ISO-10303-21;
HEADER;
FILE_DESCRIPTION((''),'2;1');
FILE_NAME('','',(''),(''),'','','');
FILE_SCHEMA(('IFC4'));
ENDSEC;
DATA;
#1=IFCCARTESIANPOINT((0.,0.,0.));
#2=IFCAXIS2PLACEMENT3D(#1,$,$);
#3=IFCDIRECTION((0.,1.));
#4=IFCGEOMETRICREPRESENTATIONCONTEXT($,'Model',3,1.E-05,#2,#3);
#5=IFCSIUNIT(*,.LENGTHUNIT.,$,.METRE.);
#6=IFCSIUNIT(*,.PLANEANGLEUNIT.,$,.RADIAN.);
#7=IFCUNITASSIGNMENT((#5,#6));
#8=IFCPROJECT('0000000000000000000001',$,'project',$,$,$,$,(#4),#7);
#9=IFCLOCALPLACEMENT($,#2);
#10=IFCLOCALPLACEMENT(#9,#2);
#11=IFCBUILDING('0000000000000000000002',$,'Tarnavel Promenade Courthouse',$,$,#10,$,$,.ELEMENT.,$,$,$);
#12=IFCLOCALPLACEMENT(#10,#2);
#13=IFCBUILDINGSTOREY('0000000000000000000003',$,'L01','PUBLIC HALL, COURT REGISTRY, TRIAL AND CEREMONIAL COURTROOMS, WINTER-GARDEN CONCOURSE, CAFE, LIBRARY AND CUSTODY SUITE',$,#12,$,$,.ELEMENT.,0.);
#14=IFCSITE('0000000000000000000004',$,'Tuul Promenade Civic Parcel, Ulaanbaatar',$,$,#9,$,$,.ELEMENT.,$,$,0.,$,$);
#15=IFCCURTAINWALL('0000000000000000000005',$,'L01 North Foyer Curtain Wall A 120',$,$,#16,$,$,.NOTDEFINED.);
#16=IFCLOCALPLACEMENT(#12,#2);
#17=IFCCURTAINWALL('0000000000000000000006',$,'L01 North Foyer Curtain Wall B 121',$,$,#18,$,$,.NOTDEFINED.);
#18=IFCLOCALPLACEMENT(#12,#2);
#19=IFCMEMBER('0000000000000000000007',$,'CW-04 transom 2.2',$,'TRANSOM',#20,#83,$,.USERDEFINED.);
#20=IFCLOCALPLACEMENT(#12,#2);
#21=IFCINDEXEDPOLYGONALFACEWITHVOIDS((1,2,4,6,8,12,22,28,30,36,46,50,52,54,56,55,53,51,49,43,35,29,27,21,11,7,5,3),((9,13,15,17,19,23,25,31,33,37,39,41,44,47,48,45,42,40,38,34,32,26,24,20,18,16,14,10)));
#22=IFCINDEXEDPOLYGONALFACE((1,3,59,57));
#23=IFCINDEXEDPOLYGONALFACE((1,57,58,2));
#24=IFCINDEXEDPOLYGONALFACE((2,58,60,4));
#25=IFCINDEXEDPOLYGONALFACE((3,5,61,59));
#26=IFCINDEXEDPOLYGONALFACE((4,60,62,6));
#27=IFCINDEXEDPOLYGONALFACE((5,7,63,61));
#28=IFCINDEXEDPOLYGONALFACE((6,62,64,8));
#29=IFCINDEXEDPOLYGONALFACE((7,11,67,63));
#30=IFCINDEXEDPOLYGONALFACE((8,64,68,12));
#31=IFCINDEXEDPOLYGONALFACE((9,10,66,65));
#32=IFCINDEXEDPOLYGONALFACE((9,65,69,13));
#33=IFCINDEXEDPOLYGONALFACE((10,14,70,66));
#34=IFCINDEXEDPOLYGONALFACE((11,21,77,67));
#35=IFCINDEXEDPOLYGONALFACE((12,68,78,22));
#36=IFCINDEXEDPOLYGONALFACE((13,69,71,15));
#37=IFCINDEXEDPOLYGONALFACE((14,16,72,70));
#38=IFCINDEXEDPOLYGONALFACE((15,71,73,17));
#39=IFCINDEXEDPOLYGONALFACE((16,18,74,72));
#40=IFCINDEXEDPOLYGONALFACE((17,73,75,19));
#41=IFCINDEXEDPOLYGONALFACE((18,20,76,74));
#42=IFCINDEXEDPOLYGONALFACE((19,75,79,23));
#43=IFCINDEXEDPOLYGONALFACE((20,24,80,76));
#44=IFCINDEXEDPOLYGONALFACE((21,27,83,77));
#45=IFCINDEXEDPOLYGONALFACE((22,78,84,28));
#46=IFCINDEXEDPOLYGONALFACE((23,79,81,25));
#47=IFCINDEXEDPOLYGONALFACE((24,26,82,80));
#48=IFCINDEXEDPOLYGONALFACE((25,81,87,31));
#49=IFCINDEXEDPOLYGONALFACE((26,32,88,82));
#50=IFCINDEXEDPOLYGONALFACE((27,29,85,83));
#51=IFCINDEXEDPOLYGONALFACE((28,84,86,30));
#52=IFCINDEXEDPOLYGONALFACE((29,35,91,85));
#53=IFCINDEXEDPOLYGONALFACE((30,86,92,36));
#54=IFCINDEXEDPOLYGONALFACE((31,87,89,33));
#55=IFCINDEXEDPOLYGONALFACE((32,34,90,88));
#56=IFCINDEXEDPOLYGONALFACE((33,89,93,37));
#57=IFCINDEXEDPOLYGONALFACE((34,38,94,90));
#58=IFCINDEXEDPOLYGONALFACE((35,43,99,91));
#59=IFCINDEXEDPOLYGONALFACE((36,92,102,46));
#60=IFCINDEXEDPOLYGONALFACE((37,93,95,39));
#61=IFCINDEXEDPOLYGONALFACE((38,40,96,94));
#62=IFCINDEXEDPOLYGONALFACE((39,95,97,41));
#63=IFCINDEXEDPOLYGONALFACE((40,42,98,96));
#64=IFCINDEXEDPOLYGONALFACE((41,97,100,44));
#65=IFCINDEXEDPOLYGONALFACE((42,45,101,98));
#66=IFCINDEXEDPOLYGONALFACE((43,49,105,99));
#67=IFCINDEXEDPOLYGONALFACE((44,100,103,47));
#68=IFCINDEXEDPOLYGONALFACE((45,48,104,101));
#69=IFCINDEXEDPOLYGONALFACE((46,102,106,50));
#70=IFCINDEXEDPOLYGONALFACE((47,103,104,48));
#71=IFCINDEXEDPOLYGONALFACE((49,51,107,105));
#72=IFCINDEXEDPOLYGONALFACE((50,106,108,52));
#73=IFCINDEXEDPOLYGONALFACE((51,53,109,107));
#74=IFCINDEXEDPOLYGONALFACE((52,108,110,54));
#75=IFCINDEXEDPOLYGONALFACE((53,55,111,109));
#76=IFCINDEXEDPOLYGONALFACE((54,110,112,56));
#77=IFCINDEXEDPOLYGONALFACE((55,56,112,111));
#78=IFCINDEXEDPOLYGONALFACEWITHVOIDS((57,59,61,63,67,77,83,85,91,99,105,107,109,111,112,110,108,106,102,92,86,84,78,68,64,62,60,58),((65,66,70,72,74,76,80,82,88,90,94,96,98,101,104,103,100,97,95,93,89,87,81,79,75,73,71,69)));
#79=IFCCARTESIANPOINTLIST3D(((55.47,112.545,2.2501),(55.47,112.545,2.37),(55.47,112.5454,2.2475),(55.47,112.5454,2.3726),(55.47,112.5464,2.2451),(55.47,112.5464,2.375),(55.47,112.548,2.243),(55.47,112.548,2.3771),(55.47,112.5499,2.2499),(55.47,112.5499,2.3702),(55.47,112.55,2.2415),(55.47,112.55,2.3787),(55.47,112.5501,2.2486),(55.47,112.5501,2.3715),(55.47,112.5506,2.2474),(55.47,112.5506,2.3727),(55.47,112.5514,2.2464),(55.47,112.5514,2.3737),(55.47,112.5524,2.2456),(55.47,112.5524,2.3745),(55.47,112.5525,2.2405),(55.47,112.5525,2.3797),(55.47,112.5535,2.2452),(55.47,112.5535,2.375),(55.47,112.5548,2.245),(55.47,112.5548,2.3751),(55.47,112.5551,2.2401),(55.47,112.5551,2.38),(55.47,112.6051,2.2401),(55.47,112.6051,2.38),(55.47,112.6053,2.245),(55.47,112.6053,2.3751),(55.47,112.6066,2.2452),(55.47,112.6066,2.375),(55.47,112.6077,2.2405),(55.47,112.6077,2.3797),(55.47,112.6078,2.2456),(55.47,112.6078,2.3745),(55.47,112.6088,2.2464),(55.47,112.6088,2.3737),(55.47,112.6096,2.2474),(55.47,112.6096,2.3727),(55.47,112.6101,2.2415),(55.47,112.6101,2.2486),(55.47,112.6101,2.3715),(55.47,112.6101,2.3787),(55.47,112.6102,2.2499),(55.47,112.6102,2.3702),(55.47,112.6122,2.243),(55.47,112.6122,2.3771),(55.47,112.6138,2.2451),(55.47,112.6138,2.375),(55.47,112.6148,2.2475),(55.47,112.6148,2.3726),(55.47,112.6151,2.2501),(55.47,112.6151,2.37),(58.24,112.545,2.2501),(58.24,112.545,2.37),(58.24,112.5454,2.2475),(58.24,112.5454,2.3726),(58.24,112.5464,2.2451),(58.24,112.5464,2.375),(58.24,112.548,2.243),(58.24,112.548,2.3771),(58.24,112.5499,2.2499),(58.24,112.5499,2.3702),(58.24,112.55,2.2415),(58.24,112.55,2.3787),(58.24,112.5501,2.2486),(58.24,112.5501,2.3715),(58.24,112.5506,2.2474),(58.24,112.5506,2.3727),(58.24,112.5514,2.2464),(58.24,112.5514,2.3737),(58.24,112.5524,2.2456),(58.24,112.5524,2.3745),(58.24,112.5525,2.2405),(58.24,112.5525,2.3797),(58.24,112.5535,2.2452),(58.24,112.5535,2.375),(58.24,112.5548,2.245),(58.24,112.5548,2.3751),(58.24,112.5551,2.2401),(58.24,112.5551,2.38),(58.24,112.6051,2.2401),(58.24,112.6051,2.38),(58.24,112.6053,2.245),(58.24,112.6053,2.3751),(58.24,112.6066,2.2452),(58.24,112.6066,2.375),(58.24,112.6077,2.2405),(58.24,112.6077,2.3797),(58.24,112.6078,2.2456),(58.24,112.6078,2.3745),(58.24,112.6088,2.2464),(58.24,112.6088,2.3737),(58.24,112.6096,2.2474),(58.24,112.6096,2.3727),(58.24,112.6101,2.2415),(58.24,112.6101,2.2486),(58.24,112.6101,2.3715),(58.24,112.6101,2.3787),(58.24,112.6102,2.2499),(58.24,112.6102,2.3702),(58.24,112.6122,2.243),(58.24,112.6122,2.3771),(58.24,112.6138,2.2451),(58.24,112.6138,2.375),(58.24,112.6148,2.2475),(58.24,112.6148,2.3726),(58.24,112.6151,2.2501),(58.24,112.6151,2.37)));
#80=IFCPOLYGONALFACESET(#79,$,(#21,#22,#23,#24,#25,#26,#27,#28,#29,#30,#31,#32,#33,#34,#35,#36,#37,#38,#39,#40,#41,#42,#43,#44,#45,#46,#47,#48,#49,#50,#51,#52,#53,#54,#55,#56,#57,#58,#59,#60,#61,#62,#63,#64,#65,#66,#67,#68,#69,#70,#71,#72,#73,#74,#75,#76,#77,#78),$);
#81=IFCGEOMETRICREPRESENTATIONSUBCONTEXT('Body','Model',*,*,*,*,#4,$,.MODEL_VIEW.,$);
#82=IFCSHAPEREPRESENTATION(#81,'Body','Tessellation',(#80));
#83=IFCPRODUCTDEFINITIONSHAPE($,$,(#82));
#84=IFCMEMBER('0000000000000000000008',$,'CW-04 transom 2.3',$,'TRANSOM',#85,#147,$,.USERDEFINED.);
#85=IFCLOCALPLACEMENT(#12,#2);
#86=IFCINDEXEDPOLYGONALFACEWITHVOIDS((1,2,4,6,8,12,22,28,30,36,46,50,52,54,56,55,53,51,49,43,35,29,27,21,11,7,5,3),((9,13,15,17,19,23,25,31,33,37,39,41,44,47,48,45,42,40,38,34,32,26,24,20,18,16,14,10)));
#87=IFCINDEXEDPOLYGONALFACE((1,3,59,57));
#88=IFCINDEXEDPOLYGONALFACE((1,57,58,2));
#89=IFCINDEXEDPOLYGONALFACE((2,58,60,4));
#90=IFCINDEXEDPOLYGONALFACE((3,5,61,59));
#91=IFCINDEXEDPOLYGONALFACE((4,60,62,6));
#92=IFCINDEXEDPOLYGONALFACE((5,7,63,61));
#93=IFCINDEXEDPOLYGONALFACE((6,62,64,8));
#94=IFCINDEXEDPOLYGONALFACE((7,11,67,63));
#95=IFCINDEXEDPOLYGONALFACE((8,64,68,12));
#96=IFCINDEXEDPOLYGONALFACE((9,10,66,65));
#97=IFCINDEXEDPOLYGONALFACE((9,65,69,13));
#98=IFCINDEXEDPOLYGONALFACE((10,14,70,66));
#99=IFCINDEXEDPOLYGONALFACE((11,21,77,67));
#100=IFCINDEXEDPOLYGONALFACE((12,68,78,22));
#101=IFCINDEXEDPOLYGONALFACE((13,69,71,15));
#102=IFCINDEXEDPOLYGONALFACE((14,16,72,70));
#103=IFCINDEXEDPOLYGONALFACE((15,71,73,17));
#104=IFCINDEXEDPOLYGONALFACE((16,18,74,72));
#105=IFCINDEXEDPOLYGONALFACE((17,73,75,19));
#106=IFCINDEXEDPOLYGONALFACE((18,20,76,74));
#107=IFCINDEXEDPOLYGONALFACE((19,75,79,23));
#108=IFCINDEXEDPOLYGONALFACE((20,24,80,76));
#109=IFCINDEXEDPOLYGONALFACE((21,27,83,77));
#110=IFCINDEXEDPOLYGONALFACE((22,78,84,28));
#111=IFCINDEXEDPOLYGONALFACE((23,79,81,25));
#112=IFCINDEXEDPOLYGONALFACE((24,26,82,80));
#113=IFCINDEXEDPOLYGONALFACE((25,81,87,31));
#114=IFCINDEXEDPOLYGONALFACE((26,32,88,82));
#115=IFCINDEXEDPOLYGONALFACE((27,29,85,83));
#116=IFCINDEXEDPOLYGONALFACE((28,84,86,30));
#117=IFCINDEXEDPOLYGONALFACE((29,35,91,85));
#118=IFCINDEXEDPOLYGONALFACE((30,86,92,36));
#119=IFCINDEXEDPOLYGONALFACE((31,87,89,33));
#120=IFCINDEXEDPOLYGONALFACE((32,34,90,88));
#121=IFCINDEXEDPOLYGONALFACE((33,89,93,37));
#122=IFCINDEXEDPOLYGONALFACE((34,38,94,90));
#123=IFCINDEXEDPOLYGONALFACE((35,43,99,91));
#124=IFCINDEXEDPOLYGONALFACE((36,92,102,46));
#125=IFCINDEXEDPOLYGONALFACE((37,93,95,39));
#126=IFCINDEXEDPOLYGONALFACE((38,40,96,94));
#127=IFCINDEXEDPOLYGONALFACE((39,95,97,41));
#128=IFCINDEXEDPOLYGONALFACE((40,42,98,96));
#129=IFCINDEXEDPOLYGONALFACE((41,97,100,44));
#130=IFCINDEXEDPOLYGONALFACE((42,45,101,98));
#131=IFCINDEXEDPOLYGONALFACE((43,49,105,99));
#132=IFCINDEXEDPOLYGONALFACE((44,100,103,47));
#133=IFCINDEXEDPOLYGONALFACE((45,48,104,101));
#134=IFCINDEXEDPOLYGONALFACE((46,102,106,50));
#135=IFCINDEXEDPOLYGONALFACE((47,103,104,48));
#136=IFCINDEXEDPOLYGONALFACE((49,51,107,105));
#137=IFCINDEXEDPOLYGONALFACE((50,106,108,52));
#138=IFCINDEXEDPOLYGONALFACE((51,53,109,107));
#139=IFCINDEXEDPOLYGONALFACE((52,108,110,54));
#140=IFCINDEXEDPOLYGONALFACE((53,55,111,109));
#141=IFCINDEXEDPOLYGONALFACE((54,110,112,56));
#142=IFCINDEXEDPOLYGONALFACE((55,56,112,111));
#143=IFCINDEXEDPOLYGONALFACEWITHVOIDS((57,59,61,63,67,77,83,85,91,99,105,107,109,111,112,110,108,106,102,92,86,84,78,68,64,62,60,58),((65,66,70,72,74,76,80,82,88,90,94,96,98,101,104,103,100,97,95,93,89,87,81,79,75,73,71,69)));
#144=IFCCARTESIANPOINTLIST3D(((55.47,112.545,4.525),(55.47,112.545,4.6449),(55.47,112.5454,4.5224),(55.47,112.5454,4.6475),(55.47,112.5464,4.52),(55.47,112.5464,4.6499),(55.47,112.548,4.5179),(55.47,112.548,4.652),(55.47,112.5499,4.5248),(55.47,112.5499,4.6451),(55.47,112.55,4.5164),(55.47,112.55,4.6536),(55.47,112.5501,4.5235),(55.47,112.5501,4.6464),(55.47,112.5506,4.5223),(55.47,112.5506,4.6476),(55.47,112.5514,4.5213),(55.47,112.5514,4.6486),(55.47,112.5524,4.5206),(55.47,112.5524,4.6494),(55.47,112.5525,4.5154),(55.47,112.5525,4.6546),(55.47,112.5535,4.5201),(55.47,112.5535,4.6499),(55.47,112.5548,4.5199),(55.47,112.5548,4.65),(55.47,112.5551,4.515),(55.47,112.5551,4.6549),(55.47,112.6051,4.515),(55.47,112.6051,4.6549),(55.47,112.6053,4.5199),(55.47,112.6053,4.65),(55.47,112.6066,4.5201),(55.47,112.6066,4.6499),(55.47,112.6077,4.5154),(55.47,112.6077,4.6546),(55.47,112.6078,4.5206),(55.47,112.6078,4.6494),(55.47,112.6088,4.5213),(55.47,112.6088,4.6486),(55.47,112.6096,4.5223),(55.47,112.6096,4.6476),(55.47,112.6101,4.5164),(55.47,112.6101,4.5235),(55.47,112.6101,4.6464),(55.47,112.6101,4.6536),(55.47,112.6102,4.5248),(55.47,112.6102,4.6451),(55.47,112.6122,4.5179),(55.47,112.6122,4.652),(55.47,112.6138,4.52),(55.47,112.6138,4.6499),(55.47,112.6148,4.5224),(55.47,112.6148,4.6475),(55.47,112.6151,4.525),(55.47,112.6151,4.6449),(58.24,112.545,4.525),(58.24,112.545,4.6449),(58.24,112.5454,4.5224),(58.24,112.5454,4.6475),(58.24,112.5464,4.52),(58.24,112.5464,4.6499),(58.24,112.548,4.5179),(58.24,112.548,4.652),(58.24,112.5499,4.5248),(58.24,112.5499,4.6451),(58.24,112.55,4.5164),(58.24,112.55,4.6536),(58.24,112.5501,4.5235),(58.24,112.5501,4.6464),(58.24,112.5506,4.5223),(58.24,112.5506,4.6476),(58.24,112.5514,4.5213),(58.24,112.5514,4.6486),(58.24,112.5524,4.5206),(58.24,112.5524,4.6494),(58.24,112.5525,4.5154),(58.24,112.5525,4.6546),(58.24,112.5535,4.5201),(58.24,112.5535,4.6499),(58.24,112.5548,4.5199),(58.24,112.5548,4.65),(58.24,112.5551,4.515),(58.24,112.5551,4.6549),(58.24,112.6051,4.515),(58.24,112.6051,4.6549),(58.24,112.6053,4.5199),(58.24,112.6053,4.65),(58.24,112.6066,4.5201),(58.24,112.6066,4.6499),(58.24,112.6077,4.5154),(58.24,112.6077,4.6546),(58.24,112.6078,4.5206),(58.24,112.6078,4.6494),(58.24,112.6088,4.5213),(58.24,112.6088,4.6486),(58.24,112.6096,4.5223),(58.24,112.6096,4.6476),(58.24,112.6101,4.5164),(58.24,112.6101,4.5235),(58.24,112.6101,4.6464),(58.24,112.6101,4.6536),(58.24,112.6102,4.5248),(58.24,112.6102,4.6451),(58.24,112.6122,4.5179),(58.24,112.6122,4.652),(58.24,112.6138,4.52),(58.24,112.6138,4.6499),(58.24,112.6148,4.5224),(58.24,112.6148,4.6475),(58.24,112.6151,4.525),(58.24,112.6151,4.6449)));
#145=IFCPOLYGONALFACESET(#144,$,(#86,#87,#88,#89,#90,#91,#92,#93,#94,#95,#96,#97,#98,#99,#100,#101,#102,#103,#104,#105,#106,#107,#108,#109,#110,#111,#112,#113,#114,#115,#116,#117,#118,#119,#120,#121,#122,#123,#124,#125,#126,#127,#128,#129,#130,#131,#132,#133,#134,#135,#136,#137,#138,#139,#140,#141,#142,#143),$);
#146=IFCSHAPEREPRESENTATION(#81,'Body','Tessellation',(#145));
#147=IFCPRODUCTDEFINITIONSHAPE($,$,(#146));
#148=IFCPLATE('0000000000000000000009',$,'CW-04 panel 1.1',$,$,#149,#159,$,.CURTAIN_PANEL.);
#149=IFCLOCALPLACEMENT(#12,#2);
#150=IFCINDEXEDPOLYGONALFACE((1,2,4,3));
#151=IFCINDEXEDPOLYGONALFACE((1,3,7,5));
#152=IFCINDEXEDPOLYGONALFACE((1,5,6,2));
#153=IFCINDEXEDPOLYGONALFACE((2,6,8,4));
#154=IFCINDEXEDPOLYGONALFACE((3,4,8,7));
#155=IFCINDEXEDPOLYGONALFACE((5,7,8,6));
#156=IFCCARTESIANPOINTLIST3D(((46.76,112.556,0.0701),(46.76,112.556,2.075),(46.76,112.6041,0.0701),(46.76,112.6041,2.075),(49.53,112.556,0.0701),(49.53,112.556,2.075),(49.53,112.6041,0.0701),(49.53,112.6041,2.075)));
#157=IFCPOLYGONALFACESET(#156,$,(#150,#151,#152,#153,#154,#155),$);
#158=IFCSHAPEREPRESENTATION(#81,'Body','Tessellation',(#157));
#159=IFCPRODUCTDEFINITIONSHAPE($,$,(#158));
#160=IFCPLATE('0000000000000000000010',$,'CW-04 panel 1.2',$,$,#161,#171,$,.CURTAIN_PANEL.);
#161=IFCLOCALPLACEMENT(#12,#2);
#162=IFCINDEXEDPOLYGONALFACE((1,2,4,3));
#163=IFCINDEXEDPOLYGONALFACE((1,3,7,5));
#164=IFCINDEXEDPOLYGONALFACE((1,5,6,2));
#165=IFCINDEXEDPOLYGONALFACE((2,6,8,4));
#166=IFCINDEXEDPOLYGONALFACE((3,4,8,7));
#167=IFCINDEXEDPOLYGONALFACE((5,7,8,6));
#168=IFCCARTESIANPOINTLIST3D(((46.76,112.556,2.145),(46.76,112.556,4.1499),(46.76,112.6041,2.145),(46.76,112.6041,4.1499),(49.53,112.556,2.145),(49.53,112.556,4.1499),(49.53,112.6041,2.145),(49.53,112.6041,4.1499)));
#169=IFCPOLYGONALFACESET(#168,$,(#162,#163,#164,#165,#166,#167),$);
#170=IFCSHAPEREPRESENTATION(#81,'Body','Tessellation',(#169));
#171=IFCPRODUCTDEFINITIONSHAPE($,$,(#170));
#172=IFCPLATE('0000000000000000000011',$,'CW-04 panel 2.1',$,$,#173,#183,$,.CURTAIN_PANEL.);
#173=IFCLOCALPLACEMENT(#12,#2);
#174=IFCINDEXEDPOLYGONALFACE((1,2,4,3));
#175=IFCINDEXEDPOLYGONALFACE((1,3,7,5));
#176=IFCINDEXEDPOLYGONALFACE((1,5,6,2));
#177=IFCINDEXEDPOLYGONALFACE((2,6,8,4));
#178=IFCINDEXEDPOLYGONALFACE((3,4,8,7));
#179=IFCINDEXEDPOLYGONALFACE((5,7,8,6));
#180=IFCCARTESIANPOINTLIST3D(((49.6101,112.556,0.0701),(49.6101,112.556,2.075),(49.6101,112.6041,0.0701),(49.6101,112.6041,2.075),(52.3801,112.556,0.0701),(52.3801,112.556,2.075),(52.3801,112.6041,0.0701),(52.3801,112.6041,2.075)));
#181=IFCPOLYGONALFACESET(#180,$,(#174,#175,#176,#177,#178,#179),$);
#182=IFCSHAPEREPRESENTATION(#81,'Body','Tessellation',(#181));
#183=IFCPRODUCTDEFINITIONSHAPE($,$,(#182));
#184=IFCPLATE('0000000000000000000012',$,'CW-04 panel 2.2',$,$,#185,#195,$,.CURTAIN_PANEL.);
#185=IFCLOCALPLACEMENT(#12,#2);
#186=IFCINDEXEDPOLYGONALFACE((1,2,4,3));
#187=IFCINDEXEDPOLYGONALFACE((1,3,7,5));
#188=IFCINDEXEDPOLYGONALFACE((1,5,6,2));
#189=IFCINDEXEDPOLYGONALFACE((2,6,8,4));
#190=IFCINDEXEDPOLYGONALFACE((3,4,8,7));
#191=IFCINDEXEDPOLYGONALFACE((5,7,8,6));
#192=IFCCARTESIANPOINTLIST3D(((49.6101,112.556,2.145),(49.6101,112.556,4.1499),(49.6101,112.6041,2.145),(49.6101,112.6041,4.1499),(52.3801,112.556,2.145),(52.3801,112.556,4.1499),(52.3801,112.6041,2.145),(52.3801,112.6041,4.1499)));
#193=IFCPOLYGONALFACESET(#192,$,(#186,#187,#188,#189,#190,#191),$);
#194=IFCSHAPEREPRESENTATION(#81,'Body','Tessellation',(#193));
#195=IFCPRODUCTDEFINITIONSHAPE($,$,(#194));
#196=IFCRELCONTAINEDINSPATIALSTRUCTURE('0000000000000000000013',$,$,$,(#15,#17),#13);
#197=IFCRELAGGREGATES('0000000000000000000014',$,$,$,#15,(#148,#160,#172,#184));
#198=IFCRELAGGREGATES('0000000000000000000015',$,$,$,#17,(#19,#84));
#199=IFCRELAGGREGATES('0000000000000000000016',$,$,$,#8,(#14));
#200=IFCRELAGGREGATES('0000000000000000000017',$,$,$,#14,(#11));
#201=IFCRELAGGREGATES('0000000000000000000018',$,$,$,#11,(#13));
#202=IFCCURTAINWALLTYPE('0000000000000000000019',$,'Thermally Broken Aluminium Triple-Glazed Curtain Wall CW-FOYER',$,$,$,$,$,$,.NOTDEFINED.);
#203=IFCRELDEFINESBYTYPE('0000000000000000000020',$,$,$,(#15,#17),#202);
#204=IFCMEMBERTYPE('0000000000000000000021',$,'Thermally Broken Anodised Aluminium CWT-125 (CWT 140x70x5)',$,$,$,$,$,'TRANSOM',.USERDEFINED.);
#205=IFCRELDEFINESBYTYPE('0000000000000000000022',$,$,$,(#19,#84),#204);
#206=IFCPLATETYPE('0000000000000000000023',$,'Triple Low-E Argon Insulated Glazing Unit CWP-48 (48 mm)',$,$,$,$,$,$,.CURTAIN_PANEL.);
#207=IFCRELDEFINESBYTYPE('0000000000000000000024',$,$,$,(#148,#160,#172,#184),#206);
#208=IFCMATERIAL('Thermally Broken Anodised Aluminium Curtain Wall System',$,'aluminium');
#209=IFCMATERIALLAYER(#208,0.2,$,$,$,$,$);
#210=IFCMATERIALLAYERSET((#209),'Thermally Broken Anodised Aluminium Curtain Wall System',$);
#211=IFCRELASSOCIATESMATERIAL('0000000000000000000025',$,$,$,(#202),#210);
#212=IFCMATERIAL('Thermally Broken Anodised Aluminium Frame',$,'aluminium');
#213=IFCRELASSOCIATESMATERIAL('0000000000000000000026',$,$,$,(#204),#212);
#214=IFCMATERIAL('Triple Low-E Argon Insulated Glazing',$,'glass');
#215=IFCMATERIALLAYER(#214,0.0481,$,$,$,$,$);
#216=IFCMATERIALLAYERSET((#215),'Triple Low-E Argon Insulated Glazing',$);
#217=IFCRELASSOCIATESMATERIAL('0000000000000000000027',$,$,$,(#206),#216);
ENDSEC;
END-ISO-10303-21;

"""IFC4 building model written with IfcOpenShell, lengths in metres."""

from ifc_helpers import new_model, si_unit, direction, frame, origin, origin_2d, place, context, subcontext, project, spatial, rectangle, hollow_rectangle, extrude, material, layer, layer_set, material_profile, profile_set, type_object, element, aggregate, save


model = new_model("IFC4")

# Units and contexts
model_context = context("Model", 3, precision=1e-05, world=origin(), true_north=direction((0.0, 1.0)))
body_context = subcontext(model_context, "Body", "Model", "MODEL_VIEW")
ifc_project = project(units=[si_unit("LENGTHUNIT", "METRE"), si_unit("PLANEANGLEUNIT", "RADIAN")], contexts=[model_context])

# Site, building, storey
site_placement = place(None, origin())
site = spatial("IfcSite", under=ifc_project, at=site_placement, Name="Tuul Promenade Civic Parcel, Ulaanbaatar", CompositionType="ELEMENT", RefElevation=0.0)
building_placement = place(site_placement, origin())
building = spatial("IfcBuilding", under=site, at=building_placement, Name="Tarnavel Promenade Courthouse", CompositionType="ELEMENT")
storey_placement = place(building_placement, origin())
storey = spatial("IfcBuildingStorey", under=building, at=storey_placement, Name="L01", Description="PUBLIC HALL, COURT REGISTRY, TRIAL AND CEREMONIAL COURTROOMS, WINTER-GARDEN CONCOURSE, CAFE, LIBRARY AND CUSTODY SUITE", CompositionType="ELEMENT", Elevation=0.0)

# Curtain walls
ifc_material_1 = material(Name="Thermally Broken Anodised Aluminium Curtain Wall System", Category="aluminium")
ifc_layer_1 = layer(ifc_material_1, 0.2)
ifc_layer_set_1 = layer_set([ifc_layer_1], Name="Thermally Broken Anodised Aluminium Curtain Wall System")
curtain_wall_type = type_object("IfcCurtainWallType", Name="Thermally Broken Aluminium Triple-Glazed Curtain Wall CW-FOYER", PredefinedType="NOTDEFINED", material=ifc_layer_set_1)
curtain_wall_1_placement = place(storey_placement, origin())
curtain_wall_1 = element("IfcCurtainWall", 1, at=curtain_wall_1_placement, inside=storey, type_object=curtain_wall_type, Name="L01 North Foyer Curtain Wall A 120", PredefinedType="NOTDEFINED")
ifc_material_2 = material(Name="Thermally Broken Anodised Aluminium Frame", Category="aluminium")
curtain_wall_2_placement = place(storey_placement, origin())
curtain_wall_2 = element("IfcCurtainWall", 2, at=curtain_wall_2_placement, inside=storey, type_object=curtain_wall_type, Name="L01 North Foyer Curtain Wall B 121", PredefinedType="NOTDEFINED")

# Members
ifc_material_profile_1 = material_profile(ifc_material_2, hollow_rectangle(XDim=0.0701, YDim=0.1399, WallThickness=0.0049, InnerFilletRadius=0.0049, OuterFilletRadius=0.01, at=origin_2d()), Name="CWT 140x70x5")
ifc_profile_set_1 = profile_set([ifc_material_profile_1], Name="Thermally Broken Anodised Aluminium Frame")
member_type_1 = type_object("IfcMemberType", Name="Thermally Broken Anodised Aluminium CWT-125 (CWT 140x70x5)", ElementType="TRANSOM", PredefinedType="USERDEFINED", material=ifc_profile_set_1)
member_1_placement = place(storey_placement, frame((55.47, 112.5801, 2.3101), z_axis=(1.0, 0.0, 0.0), x_axis=(0.0, 1.0, 0.0)))
member_1 = element("IfcMember", 3, at=member_1_placement, type_object=member_type_1, Name="CW-04 transom 2.2", ObjectType="TRANSOM", PredefinedType="USERDEFINED", context=body_context, shape_type="SweptSolid", body=[
    extrude(hollow_rectangle(XDim=0.0701, YDim=0.1399, WallThickness=0.0049, InnerFilletRadius=0.0049, OuterFilletRadius=0.01, at=origin_2d()), origin(), (0.0, 0.0, 1.0), 2.77),
])
member_2_placement = place(storey_placement, frame((55.47, 112.5801, 4.585), z_axis=(1.0, 0.0, 0.0), x_axis=(0.0, 1.0, 0.0)))
member_2 = element("IfcMember", 4, at=member_2_placement, type_object=member_type_1, Name="CW-04 transom 2.3", ObjectType="TRANSOM", PredefinedType="USERDEFINED", context=body_context, shape_type="SweptSolid", body=[
    extrude(hollow_rectangle(XDim=0.0701, YDim=0.1399, WallThickness=0.0049, InnerFilletRadius=0.0049, OuterFilletRadius=0.01, at=origin_2d()), origin(), (0.0, 0.0, 1.0), 2.77),
])

# Plates
ifc_material_3 = material(Name="Triple Low-E Argon Insulated Glazing", Category="glass")
ifc_layer_2 = layer(ifc_material_3, 0.0481)
ifc_layer_set_2 = layer_set([ifc_layer_2], Name="Triple Low-E Argon Insulated Glazing")
plate_type = type_object("IfcPlateType", Name="Triple Low-E Argon Insulated Glazing Unit CWP-48 (48 mm)", PredefinedType="CURTAIN_PANEL", material=ifc_layer_set_2)
plate_1_placement = place(storey_placement, frame((48.145, 112.5801, 0.0701), z_axis=(0.0, 0.0, 1.0), x_axis=(1.0, 0.0, 0.0)))
plate_1 = element("IfcPlate", 5, at=plate_1_placement, type_object=plate_type, Name="CW-04 panel 1.1", PredefinedType="CURTAIN_PANEL", context=body_context, shape_type="SweptSolid", body=[
    extrude(rectangle(XDim=2.77, YDim=0.0481, at=origin_2d()), origin(), (0.0, 0.0, 1.0), 2.0049),
])
plate_2_placement = place(storey_placement, frame((48.145, 112.5801, 2.145), z_axis=(0.0, 0.0, 1.0), x_axis=(1.0, 0.0, 0.0)))
plate_2 = element("IfcPlate", 6, at=plate_2_placement, type_object=plate_type, Name="CW-04 panel 1.2", PredefinedType="CURTAIN_PANEL", context=body_context, shape_type="SweptSolid", body=[
    extrude(rectangle(XDim=2.77, YDim=0.0481, at=origin_2d()), origin(), (0.0, 0.0, 1.0), 2.0049),
])
plate_3_placement = place(storey_placement, frame((50.9951, 112.5801, 0.0701), z_axis=(0.0, 0.0, 1.0), x_axis=(1.0, 0.0, 0.0)))
plate_3 = element("IfcPlate", 7, at=plate_3_placement, type_object=plate_type, Name="CW-04 panel 2.1", PredefinedType="CURTAIN_PANEL", context=body_context, shape_type="SweptSolid", body=[
    extrude(rectangle(XDim=2.77, YDim=0.0481, at=origin_2d()), origin(), (0.0, 0.0, 1.0), 2.0049),
])
plate_4_placement = place(storey_placement, frame((50.9951, 112.5801, 2.145), z_axis=(0.0, 0.0, 1.0), x_axis=(1.0, 0.0, 0.0)))
plate_4 = element("IfcPlate", 8, at=plate_4_placement, type_object=plate_type, Name="CW-04 panel 2.2", PredefinedType="CURTAIN_PANEL", context=body_context, shape_type="SweptSolid", body=[
    extrude(rectangle(XDim=2.77, YDim=0.0481, at=origin_2d()), origin(), (0.0, 0.0, 1.0), 2.0049),
])
aggregate(curtain_wall_1, [plate_1, plate_2, plate_3, plate_4])
aggregate(curtain_wall_2, [member_1, member_2])

save(model, "model.ifc")
